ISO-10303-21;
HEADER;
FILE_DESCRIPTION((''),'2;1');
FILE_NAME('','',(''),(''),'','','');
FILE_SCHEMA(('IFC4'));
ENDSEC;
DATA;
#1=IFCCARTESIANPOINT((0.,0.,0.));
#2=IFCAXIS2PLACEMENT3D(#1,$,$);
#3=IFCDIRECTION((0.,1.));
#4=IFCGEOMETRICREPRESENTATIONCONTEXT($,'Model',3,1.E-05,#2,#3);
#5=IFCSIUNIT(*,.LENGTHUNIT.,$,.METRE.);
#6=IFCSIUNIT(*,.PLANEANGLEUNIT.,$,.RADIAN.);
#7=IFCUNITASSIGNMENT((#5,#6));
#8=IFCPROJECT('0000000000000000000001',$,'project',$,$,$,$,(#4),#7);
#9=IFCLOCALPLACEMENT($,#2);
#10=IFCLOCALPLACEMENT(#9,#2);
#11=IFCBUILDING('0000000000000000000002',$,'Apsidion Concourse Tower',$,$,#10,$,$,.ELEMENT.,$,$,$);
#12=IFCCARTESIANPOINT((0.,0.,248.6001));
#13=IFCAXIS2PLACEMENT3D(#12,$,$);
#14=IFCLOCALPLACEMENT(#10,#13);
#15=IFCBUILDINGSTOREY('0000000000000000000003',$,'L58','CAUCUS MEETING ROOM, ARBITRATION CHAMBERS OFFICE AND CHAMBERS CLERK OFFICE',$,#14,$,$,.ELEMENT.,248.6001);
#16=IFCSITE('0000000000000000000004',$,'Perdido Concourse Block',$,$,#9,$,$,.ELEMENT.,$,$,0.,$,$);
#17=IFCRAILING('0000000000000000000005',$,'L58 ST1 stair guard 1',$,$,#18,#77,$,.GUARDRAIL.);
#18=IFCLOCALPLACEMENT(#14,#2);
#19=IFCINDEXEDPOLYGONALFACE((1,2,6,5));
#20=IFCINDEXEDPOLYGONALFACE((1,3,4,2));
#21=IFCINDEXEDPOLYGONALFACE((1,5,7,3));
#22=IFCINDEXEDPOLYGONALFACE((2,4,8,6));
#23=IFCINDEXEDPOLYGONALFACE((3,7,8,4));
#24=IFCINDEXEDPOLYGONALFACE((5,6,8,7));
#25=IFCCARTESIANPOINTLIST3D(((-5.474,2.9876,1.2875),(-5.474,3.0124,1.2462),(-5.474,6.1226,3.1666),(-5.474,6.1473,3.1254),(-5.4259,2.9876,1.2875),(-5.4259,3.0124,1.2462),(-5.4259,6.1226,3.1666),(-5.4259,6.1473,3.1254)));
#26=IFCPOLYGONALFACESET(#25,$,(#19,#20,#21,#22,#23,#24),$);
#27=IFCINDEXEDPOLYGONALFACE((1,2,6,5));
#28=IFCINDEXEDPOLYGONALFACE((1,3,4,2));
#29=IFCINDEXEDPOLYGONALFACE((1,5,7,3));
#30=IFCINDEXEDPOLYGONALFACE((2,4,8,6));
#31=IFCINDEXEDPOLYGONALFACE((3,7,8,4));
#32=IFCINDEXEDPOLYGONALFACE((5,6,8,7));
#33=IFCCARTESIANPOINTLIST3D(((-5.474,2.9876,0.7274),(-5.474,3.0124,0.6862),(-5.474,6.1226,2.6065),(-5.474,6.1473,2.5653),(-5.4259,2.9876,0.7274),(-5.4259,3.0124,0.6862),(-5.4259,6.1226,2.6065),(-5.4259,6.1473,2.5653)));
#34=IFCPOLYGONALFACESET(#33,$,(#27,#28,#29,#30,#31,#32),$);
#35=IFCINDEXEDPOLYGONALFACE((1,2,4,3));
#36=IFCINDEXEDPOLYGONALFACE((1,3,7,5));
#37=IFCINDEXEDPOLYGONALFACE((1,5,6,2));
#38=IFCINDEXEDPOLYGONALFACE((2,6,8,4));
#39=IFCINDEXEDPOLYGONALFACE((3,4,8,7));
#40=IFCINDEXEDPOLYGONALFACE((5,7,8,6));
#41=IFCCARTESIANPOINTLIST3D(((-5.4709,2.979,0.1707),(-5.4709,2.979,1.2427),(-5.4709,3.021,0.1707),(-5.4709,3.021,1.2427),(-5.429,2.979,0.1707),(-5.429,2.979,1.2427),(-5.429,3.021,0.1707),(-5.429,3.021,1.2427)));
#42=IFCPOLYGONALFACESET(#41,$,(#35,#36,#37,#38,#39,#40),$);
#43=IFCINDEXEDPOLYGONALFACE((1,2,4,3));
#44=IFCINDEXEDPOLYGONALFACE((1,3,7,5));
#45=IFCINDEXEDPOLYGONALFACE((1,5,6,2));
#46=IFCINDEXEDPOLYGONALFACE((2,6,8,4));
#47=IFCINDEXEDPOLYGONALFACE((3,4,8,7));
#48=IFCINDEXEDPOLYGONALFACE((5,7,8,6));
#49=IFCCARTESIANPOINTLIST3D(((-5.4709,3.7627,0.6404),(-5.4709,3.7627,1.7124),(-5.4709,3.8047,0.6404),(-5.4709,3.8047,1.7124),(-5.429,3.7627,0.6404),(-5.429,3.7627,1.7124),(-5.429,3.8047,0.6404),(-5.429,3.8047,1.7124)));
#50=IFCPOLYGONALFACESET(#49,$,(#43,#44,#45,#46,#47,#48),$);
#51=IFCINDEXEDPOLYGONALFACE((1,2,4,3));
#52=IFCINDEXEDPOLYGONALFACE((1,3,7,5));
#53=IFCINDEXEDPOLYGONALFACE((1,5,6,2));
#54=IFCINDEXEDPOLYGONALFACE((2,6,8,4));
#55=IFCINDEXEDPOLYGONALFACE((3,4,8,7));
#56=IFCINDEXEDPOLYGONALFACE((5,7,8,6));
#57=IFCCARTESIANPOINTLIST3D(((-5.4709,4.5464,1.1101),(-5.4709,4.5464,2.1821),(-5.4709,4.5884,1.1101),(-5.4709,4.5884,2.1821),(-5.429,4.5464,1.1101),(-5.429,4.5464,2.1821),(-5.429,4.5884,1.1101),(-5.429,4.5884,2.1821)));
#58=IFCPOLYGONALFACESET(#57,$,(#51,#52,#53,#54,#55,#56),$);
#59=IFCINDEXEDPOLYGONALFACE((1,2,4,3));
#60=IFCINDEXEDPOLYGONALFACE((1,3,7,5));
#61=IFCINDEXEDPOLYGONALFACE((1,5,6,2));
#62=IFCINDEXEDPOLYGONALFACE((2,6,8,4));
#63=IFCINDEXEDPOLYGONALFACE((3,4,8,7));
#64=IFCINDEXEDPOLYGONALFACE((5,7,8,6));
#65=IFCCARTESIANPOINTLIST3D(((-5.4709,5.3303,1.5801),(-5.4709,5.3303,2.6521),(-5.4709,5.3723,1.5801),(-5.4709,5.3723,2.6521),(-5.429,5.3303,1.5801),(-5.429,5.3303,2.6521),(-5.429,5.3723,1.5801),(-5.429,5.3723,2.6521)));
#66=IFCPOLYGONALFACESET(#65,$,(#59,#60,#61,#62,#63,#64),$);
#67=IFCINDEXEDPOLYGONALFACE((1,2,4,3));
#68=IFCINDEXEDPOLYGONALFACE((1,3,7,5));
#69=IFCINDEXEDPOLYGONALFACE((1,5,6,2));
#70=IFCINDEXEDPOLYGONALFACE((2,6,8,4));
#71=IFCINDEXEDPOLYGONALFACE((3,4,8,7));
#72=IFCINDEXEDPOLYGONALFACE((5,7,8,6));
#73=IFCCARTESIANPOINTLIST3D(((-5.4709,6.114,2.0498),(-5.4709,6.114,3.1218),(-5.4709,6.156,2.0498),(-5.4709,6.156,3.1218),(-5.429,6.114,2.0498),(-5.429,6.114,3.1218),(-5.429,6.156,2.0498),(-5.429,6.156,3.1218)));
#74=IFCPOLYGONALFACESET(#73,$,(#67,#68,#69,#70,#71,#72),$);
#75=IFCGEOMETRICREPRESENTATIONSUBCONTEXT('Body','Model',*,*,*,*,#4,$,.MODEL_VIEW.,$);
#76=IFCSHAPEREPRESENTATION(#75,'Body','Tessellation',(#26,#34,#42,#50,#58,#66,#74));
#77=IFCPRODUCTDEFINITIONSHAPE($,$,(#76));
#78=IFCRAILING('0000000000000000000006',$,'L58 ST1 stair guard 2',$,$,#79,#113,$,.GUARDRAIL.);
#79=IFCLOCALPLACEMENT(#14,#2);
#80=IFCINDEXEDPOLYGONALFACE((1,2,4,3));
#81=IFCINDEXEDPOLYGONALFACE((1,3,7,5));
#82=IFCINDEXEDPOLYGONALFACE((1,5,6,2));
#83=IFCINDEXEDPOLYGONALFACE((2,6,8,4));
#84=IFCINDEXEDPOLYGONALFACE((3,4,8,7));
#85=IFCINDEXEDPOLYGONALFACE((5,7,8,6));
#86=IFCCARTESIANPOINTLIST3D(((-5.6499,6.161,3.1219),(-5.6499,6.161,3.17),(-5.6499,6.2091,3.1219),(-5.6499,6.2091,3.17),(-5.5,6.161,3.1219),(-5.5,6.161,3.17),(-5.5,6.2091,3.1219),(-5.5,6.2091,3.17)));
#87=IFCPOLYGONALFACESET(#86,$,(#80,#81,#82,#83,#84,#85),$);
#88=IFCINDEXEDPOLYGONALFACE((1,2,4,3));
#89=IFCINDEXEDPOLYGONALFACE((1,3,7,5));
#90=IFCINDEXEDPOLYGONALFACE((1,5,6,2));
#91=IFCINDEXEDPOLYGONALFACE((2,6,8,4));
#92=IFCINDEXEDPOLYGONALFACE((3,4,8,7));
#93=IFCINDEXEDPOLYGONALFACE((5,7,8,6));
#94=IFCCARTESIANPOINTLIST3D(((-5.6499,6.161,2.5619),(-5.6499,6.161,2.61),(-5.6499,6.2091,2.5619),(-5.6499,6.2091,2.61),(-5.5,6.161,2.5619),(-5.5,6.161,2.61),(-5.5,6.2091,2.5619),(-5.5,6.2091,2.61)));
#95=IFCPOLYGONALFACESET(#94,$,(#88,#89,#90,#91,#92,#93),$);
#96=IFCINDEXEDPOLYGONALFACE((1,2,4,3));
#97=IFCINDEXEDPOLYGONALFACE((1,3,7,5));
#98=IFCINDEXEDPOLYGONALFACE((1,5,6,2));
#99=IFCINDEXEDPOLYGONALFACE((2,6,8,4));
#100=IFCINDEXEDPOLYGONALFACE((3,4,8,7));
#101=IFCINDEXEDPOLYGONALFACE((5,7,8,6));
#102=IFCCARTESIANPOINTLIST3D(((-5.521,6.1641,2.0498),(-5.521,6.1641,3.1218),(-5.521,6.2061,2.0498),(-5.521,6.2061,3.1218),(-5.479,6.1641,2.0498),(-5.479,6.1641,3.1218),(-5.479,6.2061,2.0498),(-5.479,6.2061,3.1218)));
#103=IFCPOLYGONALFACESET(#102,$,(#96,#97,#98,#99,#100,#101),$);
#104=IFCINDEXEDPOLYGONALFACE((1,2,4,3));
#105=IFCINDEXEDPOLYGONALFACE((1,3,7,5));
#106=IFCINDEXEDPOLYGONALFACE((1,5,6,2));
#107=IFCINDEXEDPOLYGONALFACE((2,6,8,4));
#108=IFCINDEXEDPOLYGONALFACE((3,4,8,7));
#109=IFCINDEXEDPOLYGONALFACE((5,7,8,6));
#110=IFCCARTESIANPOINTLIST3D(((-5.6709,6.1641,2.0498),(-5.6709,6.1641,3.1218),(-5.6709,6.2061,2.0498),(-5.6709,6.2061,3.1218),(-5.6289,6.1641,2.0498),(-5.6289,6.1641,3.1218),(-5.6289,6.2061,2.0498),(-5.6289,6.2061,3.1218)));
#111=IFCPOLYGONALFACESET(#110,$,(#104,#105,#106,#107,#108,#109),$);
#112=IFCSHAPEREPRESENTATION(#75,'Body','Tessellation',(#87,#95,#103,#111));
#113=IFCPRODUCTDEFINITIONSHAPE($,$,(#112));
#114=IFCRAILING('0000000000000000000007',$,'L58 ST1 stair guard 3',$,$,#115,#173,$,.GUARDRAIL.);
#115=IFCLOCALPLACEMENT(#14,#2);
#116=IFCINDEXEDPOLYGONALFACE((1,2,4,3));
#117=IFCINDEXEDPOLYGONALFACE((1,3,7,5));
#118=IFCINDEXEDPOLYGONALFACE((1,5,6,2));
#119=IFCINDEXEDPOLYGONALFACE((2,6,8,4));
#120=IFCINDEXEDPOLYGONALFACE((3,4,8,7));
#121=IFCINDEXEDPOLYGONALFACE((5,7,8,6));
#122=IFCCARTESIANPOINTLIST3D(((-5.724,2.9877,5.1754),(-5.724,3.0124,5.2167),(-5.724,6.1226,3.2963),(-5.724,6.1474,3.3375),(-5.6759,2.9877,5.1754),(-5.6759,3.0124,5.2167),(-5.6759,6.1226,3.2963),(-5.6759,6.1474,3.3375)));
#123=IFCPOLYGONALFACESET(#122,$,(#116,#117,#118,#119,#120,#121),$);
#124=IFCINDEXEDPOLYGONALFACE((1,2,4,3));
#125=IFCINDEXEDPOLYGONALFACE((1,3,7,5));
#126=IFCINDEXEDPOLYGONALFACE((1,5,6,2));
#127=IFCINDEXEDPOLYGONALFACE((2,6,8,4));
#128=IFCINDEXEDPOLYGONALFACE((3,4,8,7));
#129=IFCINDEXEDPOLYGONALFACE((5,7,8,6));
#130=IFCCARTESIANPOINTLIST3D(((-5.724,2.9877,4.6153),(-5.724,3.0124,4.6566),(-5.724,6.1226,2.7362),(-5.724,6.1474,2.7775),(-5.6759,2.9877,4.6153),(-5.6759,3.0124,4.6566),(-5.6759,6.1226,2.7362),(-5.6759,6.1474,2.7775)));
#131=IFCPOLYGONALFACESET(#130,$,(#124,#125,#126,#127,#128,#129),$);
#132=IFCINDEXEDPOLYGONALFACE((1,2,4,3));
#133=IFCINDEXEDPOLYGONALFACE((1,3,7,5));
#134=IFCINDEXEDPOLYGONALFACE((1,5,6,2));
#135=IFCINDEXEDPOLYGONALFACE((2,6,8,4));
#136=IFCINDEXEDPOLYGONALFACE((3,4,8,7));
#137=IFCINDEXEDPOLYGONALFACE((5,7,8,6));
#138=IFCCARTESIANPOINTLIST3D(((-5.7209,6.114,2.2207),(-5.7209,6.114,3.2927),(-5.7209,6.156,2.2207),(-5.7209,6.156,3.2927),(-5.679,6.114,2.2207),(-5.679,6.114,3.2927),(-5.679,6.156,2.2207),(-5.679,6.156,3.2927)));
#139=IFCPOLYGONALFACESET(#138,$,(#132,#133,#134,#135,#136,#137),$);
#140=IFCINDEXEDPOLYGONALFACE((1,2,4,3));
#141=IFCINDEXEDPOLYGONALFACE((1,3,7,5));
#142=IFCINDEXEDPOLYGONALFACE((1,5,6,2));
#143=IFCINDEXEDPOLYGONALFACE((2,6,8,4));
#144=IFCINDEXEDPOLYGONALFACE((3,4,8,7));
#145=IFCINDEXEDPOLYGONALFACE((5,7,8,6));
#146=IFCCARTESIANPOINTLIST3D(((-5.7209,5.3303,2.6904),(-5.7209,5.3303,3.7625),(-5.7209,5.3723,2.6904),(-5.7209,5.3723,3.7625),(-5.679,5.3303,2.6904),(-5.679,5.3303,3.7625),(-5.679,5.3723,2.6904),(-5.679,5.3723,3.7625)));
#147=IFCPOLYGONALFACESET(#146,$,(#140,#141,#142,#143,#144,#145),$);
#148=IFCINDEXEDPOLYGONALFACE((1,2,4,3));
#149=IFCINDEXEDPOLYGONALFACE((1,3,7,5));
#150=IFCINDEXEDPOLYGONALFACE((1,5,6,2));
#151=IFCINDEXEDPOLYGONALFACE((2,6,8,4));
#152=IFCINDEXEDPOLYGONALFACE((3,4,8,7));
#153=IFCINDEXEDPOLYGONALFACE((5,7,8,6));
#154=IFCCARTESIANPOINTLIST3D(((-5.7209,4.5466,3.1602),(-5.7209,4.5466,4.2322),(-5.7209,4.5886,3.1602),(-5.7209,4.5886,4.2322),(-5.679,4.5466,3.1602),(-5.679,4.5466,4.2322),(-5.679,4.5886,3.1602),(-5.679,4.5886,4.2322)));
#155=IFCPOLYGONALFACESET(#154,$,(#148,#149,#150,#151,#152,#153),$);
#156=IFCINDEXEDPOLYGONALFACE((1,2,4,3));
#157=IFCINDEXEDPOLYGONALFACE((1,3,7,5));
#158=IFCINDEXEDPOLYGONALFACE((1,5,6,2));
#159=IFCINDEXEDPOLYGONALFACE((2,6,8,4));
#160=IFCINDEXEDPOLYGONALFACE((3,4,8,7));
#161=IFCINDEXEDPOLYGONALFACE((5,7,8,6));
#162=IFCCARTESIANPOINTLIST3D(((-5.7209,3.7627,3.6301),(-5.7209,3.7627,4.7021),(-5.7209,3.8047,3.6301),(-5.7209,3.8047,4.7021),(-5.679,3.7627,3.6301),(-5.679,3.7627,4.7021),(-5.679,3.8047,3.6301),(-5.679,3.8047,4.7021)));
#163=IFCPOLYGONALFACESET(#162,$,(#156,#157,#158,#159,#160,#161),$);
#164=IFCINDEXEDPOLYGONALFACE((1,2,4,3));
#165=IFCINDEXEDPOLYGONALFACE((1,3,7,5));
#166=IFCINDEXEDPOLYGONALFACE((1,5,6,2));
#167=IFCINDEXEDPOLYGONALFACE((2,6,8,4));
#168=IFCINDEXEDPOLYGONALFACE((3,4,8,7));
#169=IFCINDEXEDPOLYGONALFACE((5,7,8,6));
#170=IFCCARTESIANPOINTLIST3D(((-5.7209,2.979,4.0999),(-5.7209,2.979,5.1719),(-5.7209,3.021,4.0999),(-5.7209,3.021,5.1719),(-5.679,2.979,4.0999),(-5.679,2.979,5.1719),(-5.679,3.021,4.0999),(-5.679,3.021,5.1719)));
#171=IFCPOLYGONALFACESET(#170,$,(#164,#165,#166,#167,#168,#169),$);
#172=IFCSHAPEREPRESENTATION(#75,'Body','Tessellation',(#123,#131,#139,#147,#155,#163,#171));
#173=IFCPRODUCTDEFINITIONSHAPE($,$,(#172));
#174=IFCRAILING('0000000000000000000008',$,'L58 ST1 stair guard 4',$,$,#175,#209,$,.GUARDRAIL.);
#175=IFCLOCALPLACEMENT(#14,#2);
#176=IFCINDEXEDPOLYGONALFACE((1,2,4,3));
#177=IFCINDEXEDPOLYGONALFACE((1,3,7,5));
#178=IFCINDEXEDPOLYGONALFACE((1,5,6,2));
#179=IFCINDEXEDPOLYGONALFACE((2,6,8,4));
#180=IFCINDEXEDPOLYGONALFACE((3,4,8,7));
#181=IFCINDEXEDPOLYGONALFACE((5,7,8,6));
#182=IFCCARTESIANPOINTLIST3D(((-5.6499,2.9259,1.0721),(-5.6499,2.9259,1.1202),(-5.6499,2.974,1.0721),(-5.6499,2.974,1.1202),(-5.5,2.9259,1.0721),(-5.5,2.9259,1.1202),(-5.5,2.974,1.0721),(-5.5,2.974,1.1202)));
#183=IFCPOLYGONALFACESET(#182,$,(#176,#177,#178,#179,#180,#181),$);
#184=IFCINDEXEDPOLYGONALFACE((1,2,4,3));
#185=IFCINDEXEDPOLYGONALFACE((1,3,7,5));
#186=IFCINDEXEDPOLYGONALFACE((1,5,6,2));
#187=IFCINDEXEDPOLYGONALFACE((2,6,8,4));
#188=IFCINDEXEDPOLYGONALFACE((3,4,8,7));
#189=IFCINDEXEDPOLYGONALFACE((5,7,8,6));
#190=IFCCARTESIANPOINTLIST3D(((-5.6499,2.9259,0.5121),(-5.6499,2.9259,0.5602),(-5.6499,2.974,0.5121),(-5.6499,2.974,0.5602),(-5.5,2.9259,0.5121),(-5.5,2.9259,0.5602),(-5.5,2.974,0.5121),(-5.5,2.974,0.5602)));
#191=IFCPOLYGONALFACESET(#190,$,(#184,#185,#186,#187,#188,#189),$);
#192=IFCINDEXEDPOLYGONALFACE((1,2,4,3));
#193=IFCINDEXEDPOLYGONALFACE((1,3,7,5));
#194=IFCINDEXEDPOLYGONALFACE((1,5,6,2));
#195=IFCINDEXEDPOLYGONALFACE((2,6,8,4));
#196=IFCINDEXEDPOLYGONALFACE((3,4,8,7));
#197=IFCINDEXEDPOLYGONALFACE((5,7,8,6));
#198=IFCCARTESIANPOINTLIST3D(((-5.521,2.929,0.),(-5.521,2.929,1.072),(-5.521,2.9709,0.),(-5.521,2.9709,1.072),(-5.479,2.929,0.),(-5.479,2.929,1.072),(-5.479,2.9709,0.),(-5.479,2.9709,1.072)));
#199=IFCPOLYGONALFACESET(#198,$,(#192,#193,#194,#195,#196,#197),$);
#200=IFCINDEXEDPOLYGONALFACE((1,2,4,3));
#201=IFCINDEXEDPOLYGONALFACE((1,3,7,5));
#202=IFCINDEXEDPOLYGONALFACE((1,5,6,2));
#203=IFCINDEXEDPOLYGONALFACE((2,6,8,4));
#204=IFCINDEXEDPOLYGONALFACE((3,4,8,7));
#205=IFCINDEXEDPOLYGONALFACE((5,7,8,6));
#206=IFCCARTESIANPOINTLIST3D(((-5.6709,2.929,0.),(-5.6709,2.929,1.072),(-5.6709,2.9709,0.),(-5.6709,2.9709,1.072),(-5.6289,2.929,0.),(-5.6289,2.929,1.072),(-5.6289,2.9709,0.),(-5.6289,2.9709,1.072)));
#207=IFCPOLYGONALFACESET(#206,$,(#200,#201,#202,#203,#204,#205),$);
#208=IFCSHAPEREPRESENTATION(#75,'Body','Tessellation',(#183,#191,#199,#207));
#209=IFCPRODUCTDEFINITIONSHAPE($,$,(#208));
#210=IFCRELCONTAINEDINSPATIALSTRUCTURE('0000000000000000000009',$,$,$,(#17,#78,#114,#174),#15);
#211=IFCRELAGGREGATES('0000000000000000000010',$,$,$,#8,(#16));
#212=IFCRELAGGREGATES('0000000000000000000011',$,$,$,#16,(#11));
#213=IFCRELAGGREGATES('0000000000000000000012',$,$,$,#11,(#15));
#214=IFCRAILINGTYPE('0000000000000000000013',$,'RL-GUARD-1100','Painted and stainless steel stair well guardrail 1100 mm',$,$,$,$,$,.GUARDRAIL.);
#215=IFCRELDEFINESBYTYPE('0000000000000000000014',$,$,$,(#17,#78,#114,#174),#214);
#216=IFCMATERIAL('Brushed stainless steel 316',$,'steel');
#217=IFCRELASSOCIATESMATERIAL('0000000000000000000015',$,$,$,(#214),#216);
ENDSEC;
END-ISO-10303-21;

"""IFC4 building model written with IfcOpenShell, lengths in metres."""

from ifc_helpers import new_model, si_unit, direction, frame, origin, origin_2d, place, context, subcontext, project, spatial, rectangle, extrude, material, type_object, element, save


model = new_model("IFC4")

# Units and contexts
model_context = context("Model", 3, precision=1e-05, world=origin(), true_north=direction((0.0, 1.0)))
body_context = subcontext(model_context, "Body", "Model", "MODEL_VIEW")
ifc_project = project(units=[si_unit("LENGTHUNIT", "METRE"), si_unit("PLANEANGLEUNIT", "RADIAN")], contexts=[model_context])

# Site, building, storey
site_placement = place(None, origin())
site = spatial("IfcSite", under=ifc_project, at=site_placement, Name="Perdido Concourse Block", CompositionType="ELEMENT", RefElevation=0.0)
building_placement = place(site_placement, origin())
building = spatial("IfcBuilding", under=site, at=building_placement, Name="Apsidion Concourse Tower", CompositionType="ELEMENT")
storey_placement = place(building_placement, frame((0.0, 0.0, 248.6001)))
storey = spatial("IfcBuildingStorey", under=building, at=storey_placement, Name="L58", Description="CAUCUS MEETING ROOM, ARBITRATION CHAMBERS OFFICE AND CHAMBERS CLERK OFFICE", CompositionType="ELEMENT", Elevation=248.6001)

# Shared definitions
ifc_material_1 = material(Name="Brushed stainless steel 316", Category="steel")

# Railings
railing_type_1 = type_object("IfcRailingType", Name="RL-GUARD-1100", Description="Painted and stainless steel stair well guardrail 1100 mm", PredefinedType="GUARDRAIL", material=ifc_material_1)
railing_1_placement = place(storey_placement, frame((-5.45, 3.0, 0.1707)))
element("IfcRailing", 1, at=railing_1_placement, inside=storey, type_object=railing_type_1, Name="L58 ST1 stair guard 1", PredefinedType="GUARDRAIL", context=body_context, shape_type="SweptSolid", body=[
    extrude(rectangle(XDim=0.0481, YDim=0.0481, at=origin_2d()), frame((0.0, 0.0, 1.0962), z_axis=(0.0, 0.857717, 0.514122), x_axis=(-1.0, 0.0, 0.0)), (0.0, 0.0, 1.0), 3.655),
    extrude(rectangle(XDim=0.0481, YDim=0.0481, at=origin_2d()), frame((0.0, 0.0, 0.5361), z_axis=(0.0, 0.857717, 0.514122), x_axis=(-1.0, 0.0, 0.0)), (0.0, 0.0, 1.0), 3.655),
    extrude(rectangle(XDim=0.042, YDim=0.042, at=origin_2d()), origin(), (0.0, 0.0, 1.0), 1.072),
    extrude(rectangle(XDim=0.042, YDim=0.042, at=origin_2d()), frame((0.0, 0.7837, 0.4697)), (0.0, 0.0, 1.0), 1.072),
    extrude(rectangle(XDim=0.042, YDim=0.042, at=origin_2d()), frame((0.0, 1.5674, 0.9395)), (0.0, 0.0, 1.0), 1.072),
    extrude(rectangle(XDim=0.042, YDim=0.042, at=origin_2d()), frame((0.0, 2.3513, 1.4094)), (0.0, 0.0, 1.0), 1.072),
    extrude(rectangle(XDim=0.042, YDim=0.042, at=origin_2d()), frame((0.0, 3.135, 1.8792)), (0.0, 0.0, 1.0), 1.072),
])
railing_2_placement = place(storey_placement, frame((-5.5, 6.1851, 2.0498)))
element("IfcRailing", 2, at=railing_2_placement, inside=storey, type_object=railing_type_1, Name="L58 ST1 stair guard 2", PredefinedType="GUARDRAIL", context=body_context, shape_type="SweptSolid", body=[
    extrude(rectangle(XDim=0.0481, YDim=0.0481, at=origin_2d()), frame((0.0, 0.0, 1.0962), z_axis=(-1.0, 0.0, 0.0), x_axis=(0.0, -1.0, 0.0)), (0.0, 0.0, 1.0), 0.1499),
    extrude(rectangle(XDim=0.0481, YDim=0.0481, at=origin_2d()), frame((0.0, 0.0, 0.5361), z_axis=(-1.0, 0.0, 0.0), x_axis=(0.0, -1.0, 0.0)), (0.0, 0.0, 1.0), 0.1499),
    extrude(rectangle(XDim=0.042, YDim=0.042, at=origin_2d()), origin(), (0.0, 0.0, 1.0), 1.072),
    extrude(rectangle(XDim=0.042, YDim=0.042, at=origin_2d()), frame((-0.1499, 0.0, 0.0)), (0.0, 0.0, 1.0), 1.072),
])
railing_3_placement = place(storey_placement, frame((-5.7, 6.135, 2.2207)))
element("IfcRailing", 3, at=railing_3_placement, inside=storey, type_object=railing_type_1, Name="L58 ST1 stair guard 3", PredefinedType="GUARDRAIL", context=body_context, shape_type="SweptSolid", body=[
    extrude(rectangle(XDim=0.0481, YDim=0.0481, at=origin_2d()), frame((0.0, 0.0, 1.0962), z_axis=(0.0, -0.857717, 0.514122), x_axis=(1.0, 0.0, 0.0)), (0.0, 0.0, 1.0), 3.655),
    extrude(rectangle(XDim=0.0481, YDim=0.0481, at=origin_2d()), frame((0.0, 0.0, 0.5361), z_axis=(0.0, -0.857717, 0.514122), x_axis=(1.0, 0.0, 0.0)), (0.0, 0.0, 1.0), 3.655),
    extrude(rectangle(XDim=0.042, YDim=0.042, at=origin_2d()), origin(), (0.0, 0.0, 1.0), 1.072),
    extrude(rectangle(XDim=0.042, YDim=0.042, at=origin_2d()), frame((0.0, -0.7837, 0.4697)), (0.0, 0.0, 1.0), 1.072),
    extrude(rectangle(XDim=0.042, YDim=0.042, at=origin_2d()), frame((0.0, -1.5674, 0.9395)), (0.0, 0.0, 1.0), 1.072),
    extrude(rectangle(XDim=0.042, YDim=0.042, at=origin_2d()), frame((0.0, -2.3513, 1.4094)), (0.0, 0.0, 1.0), 1.072),
    extrude(rectangle(XDim=0.042, YDim=0.042, at=origin_2d()), frame((0.0, -3.135, 1.8792)), (0.0, 0.0, 1.0), 1.072),
])
railing_4_placement = place(storey_placement, frame((-5.5, 2.95, 0.0)))
element("IfcRailing", 4, at=railing_4_placement, inside=storey, type_object=railing_type_1, Name="L58 ST1 stair guard 4", PredefinedType="GUARDRAIL", context=body_context, shape_type="SweptSolid", body=[
    extrude(rectangle(XDim=0.0481, YDim=0.0481, at=origin_2d()), frame((0.0, 0.0, 1.0962), z_axis=(-1.0, 0.0, 0.0), x_axis=(0.0, -1.0, 0.0)), (0.0, 0.0, 1.0), 0.1499),
    extrude(rectangle(XDim=0.0481, YDim=0.0481, at=origin_2d()), frame((0.0, 0.0, 0.5361), z_axis=(-1.0, 0.0, 0.0), x_axis=(0.0, -1.0, 0.0)), (0.0, 0.0, 1.0), 0.1499),
    extrude(rectangle(XDim=0.042, YDim=0.042, at=origin_2d()), origin(), (0.0, 0.0, 1.0), 1.072),
    extrude(rectangle(XDim=0.042, YDim=0.042, at=origin_2d()), frame((-0.1499, 0.0, 0.0)), (0.0, 0.0, 1.0), 1.072),
])

save(model, "model.ifc")
